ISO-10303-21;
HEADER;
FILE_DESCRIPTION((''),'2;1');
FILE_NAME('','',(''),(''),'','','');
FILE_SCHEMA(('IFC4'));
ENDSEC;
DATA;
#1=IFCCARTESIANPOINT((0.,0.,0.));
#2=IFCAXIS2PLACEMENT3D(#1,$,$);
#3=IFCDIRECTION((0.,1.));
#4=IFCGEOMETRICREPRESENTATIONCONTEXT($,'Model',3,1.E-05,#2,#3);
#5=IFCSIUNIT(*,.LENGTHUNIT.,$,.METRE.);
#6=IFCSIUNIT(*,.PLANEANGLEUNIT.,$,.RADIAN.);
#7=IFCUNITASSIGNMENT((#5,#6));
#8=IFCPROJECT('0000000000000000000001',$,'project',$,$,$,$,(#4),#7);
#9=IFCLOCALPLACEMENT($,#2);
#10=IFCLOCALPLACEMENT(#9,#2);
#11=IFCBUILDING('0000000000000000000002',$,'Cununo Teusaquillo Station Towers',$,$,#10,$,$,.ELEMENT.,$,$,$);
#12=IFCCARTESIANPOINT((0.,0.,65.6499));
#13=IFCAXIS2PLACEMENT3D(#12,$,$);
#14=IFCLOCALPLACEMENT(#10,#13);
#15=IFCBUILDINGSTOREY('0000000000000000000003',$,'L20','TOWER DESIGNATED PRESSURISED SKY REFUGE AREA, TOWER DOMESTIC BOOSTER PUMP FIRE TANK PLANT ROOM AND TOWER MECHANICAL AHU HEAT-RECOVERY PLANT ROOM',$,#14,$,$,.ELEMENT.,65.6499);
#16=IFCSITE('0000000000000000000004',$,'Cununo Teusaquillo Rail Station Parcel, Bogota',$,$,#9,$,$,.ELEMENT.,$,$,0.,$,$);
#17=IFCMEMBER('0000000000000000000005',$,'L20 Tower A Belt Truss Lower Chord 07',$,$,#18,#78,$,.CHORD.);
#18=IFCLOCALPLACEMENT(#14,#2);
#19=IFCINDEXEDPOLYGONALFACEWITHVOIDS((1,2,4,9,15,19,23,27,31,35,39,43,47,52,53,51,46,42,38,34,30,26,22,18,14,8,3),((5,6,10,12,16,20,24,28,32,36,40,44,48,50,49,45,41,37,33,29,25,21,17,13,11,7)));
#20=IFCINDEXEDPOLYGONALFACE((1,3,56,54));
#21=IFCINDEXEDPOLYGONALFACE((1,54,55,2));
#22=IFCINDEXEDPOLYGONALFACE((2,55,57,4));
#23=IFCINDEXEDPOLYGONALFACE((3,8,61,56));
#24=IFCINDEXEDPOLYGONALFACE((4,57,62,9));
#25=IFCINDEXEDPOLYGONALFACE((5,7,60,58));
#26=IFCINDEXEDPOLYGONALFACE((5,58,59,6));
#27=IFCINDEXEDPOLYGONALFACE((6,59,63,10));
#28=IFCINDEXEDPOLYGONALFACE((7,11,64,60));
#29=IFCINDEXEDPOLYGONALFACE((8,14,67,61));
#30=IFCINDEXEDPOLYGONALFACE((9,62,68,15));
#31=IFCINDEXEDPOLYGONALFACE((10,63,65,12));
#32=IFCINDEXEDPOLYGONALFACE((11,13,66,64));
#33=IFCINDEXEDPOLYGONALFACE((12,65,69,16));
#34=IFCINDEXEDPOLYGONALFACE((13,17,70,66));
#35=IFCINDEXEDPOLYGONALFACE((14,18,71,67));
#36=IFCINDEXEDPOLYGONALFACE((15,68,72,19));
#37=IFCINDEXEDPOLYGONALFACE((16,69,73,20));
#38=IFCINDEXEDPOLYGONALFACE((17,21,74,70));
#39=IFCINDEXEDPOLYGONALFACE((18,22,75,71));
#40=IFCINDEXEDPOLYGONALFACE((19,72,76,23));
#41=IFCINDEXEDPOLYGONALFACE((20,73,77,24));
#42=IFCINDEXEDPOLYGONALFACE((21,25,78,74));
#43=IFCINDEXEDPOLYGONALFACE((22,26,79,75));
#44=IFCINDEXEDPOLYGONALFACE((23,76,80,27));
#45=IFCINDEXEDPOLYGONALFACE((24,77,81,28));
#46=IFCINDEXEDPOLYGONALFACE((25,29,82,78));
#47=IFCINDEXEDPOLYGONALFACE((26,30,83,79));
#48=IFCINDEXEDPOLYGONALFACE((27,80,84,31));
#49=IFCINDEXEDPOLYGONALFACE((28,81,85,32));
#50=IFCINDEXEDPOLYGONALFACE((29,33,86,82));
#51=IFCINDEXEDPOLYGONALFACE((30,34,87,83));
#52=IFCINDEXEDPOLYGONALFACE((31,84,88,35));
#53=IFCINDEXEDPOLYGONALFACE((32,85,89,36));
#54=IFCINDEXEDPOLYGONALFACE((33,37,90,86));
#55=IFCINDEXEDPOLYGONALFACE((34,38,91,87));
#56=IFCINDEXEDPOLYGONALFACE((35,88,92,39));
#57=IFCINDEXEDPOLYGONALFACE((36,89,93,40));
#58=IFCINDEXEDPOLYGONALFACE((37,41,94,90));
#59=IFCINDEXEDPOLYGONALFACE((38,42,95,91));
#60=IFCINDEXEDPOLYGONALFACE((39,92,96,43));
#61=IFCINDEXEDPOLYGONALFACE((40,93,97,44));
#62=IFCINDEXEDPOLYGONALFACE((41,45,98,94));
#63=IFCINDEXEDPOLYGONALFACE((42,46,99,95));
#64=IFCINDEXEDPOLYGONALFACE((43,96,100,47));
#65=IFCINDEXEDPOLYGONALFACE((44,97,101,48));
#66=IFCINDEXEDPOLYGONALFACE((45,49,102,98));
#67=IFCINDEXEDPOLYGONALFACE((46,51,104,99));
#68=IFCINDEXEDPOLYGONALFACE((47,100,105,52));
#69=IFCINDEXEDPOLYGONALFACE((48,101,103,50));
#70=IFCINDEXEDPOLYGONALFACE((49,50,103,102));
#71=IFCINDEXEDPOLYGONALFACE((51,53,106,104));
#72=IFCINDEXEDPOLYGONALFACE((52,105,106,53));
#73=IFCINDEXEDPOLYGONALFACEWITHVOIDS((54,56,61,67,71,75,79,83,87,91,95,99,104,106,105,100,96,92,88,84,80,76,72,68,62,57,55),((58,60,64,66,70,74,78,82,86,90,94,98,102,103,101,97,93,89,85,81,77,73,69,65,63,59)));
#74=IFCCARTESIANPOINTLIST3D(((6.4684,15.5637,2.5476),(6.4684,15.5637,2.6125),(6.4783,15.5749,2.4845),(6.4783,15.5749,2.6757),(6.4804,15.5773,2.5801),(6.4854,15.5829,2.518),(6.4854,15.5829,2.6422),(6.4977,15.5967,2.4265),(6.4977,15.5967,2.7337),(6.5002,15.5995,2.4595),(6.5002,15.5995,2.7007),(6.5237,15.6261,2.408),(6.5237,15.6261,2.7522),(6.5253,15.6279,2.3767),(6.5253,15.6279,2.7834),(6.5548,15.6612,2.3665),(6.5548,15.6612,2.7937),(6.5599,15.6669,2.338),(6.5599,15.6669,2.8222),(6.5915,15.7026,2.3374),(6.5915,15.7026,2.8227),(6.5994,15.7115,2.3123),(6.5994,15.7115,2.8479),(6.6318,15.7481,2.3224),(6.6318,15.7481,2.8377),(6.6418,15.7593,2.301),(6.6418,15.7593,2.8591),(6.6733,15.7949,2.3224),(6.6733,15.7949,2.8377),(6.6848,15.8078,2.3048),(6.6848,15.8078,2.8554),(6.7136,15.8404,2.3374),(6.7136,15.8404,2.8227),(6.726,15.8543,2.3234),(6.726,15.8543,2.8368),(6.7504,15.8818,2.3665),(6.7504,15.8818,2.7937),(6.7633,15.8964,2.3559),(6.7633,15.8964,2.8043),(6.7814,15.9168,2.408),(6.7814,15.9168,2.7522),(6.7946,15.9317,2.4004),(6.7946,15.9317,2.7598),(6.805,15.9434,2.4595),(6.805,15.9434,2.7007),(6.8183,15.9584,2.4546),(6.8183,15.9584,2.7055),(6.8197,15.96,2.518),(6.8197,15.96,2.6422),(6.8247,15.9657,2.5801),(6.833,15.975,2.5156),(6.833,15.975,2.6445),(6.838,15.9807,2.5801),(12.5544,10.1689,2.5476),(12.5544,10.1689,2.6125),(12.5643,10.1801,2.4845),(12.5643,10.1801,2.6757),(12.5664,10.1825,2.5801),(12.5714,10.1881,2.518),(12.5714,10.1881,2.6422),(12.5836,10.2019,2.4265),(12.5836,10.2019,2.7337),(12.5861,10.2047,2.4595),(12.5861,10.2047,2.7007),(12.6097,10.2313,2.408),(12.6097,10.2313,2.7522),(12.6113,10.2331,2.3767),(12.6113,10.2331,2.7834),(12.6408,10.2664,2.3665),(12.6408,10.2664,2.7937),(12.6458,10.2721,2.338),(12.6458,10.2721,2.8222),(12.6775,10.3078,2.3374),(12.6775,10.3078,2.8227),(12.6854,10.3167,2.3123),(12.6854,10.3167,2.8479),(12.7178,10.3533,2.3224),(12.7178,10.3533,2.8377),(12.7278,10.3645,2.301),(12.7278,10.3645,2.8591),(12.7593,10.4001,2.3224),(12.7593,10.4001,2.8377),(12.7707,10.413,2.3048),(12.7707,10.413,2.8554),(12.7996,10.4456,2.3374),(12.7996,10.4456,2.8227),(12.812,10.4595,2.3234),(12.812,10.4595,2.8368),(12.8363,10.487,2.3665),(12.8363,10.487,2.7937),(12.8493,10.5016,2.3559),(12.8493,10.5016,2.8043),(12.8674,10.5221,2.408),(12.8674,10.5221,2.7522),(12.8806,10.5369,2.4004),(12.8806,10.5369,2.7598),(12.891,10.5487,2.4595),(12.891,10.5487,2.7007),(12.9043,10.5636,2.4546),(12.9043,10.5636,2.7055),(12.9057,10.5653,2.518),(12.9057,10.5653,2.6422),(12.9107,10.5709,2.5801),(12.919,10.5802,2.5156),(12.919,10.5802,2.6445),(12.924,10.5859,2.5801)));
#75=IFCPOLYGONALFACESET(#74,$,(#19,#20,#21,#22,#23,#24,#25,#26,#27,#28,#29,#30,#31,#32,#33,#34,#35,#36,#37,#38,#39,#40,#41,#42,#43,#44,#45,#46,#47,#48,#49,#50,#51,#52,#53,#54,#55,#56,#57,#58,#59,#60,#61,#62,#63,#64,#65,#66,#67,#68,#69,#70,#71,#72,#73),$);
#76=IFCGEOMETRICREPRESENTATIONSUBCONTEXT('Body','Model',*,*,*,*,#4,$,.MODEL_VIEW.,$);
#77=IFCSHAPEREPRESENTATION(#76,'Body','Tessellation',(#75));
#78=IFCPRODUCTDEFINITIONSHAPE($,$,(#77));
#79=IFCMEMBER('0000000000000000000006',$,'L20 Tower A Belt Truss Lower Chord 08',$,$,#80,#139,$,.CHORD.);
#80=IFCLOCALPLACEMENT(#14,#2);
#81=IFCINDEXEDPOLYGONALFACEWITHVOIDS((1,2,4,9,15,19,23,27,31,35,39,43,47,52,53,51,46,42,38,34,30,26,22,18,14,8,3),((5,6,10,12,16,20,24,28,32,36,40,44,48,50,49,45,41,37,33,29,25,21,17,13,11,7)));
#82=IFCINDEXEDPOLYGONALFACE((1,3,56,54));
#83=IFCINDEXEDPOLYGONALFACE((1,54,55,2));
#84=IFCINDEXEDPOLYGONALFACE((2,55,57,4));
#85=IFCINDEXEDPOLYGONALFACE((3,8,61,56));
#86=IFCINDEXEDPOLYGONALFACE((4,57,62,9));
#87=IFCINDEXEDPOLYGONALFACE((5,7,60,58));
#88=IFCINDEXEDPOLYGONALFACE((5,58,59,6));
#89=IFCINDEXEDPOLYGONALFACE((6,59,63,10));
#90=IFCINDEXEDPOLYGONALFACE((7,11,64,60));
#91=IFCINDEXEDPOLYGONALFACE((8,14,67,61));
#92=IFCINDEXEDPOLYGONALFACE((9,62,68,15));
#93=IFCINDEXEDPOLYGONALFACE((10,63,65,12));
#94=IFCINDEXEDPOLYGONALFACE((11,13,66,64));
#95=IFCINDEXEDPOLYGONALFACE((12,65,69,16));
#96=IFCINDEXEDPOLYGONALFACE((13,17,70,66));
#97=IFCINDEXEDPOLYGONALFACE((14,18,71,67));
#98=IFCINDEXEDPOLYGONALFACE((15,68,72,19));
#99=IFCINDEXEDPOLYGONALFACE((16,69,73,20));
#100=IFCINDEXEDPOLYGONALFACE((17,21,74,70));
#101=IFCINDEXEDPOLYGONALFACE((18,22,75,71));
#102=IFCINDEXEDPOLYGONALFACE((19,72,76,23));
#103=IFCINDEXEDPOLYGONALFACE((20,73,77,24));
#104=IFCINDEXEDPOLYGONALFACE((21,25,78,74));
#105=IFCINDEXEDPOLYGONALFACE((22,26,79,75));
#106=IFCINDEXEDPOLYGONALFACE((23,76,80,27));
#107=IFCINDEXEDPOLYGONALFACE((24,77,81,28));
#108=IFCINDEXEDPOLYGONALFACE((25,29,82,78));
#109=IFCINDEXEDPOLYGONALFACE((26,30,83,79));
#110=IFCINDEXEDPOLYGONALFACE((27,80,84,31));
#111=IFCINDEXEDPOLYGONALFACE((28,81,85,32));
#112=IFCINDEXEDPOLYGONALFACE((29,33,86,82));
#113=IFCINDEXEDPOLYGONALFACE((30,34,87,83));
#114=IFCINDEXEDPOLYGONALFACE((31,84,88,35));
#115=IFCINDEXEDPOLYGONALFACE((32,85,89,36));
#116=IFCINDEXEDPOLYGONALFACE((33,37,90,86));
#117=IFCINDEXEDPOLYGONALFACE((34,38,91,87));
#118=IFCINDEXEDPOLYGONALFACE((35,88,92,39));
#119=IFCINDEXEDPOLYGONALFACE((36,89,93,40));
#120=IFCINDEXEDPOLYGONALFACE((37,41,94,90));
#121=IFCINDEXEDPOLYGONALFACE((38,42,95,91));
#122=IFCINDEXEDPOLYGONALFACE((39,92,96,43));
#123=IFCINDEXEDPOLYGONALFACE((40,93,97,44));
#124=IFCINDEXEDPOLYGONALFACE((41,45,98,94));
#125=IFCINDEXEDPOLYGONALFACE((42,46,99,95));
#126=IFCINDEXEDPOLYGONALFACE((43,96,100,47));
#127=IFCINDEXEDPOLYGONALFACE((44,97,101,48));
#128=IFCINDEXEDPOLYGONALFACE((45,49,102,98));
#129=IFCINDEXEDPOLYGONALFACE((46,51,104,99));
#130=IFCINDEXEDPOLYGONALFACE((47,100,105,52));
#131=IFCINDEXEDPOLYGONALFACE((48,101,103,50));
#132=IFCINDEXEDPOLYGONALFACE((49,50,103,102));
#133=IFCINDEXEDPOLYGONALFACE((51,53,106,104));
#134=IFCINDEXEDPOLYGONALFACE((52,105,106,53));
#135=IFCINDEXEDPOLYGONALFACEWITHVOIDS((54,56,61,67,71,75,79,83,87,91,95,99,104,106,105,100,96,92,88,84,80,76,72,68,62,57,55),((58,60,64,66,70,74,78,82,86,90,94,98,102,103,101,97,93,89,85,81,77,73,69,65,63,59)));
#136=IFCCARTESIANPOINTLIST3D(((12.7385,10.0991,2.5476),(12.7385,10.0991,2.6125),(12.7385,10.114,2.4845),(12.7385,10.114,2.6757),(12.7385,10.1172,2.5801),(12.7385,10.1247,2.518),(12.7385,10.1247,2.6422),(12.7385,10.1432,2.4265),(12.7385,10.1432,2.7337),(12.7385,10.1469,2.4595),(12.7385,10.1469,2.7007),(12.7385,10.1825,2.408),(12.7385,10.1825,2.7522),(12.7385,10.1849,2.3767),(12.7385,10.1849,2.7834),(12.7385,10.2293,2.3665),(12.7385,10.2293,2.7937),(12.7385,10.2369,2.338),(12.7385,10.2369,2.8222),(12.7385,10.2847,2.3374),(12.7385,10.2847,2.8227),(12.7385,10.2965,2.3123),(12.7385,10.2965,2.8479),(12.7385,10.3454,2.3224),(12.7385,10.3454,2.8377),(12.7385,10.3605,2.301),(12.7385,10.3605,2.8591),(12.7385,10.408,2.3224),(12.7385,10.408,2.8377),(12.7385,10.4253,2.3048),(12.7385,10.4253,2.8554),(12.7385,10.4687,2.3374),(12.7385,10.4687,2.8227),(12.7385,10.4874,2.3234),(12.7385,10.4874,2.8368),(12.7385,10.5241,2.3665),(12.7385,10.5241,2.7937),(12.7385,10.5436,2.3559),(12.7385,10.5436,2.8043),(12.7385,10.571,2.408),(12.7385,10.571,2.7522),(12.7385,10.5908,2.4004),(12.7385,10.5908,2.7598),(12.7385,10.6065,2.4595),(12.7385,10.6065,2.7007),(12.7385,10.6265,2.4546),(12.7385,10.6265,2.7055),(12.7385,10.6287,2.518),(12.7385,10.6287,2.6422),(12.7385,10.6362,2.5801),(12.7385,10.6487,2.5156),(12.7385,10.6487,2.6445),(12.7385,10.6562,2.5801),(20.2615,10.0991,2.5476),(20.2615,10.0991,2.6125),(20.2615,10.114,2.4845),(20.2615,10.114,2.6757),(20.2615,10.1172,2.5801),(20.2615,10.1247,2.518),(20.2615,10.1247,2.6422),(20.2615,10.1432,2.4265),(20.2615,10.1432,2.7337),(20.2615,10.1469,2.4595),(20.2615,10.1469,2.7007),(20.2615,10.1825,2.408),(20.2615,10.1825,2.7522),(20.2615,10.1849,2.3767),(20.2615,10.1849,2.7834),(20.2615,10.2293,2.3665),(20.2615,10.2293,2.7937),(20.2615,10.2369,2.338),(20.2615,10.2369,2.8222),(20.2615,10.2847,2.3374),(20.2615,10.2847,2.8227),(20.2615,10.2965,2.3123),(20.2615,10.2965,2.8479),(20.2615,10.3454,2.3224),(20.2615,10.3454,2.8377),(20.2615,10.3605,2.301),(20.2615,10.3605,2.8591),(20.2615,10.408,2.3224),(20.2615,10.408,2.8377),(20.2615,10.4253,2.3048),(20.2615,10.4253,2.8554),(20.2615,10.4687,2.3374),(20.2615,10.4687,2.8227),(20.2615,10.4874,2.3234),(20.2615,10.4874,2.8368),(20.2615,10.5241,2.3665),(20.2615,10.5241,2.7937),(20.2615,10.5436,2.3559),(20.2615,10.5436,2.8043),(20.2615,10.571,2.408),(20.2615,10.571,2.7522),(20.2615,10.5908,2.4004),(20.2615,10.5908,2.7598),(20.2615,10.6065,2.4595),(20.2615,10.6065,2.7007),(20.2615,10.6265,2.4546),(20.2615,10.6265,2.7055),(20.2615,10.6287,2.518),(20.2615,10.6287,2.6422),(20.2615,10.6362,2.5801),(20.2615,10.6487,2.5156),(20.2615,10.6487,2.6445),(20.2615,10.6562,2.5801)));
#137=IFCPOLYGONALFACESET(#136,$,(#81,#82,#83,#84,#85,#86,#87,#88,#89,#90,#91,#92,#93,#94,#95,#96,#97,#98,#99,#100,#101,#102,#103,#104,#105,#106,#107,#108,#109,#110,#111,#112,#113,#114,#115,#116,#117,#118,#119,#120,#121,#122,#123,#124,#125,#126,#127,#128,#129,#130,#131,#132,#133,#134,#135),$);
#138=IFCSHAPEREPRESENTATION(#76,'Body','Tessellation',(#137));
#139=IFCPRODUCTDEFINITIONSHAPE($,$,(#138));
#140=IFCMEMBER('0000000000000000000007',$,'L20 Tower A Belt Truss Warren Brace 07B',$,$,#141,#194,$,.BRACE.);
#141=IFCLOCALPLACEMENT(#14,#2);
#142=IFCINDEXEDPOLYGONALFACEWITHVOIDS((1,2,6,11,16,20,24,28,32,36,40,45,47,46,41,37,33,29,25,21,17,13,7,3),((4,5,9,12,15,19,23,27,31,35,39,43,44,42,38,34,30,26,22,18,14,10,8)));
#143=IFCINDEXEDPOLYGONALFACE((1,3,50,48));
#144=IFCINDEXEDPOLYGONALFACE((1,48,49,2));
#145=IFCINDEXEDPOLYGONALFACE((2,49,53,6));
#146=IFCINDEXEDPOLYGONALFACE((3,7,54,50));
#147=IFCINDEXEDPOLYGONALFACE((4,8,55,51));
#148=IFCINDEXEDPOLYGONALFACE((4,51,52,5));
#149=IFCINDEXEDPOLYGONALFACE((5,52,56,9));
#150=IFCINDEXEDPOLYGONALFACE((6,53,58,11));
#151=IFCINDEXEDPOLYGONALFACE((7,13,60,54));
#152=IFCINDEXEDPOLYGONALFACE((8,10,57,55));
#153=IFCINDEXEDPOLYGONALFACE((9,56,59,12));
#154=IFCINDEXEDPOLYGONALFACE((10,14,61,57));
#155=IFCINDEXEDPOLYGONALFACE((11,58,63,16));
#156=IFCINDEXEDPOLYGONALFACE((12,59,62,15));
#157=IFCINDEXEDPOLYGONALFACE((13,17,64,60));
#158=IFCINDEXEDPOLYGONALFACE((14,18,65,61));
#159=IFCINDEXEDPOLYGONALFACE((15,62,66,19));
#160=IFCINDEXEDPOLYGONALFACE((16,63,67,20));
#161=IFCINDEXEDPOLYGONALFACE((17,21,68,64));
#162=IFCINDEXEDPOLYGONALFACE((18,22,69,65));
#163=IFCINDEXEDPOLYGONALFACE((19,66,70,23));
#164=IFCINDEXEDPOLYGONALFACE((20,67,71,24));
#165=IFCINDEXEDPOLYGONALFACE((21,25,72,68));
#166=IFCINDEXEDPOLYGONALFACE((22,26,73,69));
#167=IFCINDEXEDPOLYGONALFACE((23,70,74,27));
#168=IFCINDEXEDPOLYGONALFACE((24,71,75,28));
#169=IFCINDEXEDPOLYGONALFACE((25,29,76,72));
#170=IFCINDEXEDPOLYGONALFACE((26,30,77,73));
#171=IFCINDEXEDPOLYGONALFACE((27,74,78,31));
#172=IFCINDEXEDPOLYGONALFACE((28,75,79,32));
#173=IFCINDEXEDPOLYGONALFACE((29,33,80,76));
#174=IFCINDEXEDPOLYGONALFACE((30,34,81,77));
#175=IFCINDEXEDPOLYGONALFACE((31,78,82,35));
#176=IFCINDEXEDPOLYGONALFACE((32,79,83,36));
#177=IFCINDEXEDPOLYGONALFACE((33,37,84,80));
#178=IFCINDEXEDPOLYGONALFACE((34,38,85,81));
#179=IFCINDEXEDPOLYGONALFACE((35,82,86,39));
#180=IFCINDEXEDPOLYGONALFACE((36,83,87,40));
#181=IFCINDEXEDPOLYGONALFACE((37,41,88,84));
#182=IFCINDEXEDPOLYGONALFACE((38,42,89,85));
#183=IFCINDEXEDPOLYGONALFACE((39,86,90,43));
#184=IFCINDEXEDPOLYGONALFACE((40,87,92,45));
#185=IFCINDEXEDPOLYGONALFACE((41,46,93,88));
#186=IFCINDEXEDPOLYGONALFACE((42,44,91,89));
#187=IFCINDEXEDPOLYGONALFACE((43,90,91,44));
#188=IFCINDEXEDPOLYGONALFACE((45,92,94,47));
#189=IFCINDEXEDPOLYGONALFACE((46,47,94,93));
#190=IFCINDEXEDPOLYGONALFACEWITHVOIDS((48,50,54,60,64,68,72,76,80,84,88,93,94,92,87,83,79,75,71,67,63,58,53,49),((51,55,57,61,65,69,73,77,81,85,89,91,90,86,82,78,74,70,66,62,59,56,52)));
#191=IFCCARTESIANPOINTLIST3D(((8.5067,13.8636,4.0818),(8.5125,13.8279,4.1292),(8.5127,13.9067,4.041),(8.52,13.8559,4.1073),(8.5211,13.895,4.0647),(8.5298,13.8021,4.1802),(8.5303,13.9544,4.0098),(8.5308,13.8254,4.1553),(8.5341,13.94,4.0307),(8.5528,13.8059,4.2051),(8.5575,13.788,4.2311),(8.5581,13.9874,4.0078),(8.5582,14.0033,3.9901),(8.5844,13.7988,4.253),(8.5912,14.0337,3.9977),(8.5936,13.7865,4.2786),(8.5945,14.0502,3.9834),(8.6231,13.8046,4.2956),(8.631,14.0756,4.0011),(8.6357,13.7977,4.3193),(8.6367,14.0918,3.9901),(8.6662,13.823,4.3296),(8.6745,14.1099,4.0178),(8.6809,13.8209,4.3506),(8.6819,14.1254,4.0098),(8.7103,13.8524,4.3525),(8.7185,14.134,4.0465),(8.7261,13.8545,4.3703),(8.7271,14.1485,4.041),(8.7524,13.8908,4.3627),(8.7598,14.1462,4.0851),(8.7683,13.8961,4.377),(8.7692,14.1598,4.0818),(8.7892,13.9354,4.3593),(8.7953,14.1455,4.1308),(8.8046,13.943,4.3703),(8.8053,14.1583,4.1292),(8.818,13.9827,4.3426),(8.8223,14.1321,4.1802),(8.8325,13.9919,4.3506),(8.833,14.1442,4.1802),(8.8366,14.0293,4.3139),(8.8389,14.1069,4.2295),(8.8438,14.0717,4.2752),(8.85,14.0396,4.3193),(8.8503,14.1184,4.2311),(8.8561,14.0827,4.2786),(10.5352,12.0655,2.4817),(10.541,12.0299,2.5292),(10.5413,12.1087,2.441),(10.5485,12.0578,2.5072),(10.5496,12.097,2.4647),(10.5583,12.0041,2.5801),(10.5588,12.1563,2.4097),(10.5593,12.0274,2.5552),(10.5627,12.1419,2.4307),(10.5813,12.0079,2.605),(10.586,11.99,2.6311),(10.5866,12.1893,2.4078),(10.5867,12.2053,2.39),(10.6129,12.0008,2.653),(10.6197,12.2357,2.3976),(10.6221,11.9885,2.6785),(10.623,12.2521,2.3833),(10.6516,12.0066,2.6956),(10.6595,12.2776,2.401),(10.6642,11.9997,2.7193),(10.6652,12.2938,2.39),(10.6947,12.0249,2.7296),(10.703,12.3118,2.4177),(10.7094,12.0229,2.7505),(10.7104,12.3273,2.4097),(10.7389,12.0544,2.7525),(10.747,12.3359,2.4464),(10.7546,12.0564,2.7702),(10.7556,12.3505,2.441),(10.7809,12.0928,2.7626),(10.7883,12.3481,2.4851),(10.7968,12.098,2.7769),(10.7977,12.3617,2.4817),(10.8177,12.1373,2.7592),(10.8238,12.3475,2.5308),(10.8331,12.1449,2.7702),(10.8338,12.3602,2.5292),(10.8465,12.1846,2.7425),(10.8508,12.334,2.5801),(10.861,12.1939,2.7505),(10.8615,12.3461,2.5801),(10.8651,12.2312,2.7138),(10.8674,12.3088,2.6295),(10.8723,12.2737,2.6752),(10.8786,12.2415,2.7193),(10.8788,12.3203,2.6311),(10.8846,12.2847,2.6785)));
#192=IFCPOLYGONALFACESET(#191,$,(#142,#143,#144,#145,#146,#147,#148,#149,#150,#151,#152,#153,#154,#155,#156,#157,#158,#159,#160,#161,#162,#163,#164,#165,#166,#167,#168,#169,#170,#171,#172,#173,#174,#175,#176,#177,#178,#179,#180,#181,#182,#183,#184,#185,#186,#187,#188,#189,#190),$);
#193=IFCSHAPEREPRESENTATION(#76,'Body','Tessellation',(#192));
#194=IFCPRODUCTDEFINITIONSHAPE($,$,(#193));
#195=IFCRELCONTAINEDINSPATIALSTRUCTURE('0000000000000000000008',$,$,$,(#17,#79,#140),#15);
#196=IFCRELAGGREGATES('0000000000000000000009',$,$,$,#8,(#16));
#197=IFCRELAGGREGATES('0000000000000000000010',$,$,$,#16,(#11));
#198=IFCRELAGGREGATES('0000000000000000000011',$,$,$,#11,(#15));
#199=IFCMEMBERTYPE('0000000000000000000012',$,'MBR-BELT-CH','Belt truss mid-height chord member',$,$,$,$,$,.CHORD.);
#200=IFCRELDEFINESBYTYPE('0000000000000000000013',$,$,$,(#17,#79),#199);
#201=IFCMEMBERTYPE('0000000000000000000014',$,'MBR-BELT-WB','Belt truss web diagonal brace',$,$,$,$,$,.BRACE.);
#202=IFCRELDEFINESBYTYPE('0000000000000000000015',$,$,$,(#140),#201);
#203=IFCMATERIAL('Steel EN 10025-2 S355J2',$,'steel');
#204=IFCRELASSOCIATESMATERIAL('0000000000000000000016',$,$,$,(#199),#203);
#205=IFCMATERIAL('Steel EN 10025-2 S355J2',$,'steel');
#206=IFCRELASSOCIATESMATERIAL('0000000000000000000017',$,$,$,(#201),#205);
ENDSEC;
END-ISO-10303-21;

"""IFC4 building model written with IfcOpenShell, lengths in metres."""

from ifc_helpers import new_model, si_unit, direction, frame, origin, origin_2d, place, context, subcontext, project, spatial, hollow_circle, extrude, material, material_profile, profile_set, type_object, element, save


model = new_model("IFC4")

# Units and contexts
model_context = context("Model", 3, precision=1e-05, world=origin(), true_north=direction((0.0, 1.0)))
body_context = subcontext(model_context, "Body", "Model", "MODEL_VIEW")
ifc_project = project(units=[si_unit("LENGTHUNIT", "METRE"), si_unit("PLANEANGLEUNIT", "RADIAN")], contexts=[model_context])

# Site, building, storey
site_placement = place(None, origin())
site = spatial("IfcSite", under=ifc_project, at=site_placement, Name="Cununo Teusaquillo Rail Station Parcel, Bogota", CompositionType="ELEMENT", RefElevation=0.0)
building_placement = place(site_placement, origin())
building = spatial("IfcBuilding", under=site, at=building_placement, Name="Cununo Teusaquillo Station Towers", CompositionType="ELEMENT")
storey_placement = place(building_placement, frame((0.0, 0.0, 65.6499)))
storey = spatial("IfcBuildingStorey", under=building, at=storey_placement, Name="L20", Description="TOWER DESIGNATED PRESSURISED SKY REFUGE AREA, TOWER DOMESTIC BOOSTER PUMP FIRE TANK PLANT ROOM AND TOWER MECHANICAL AHU HEAT-RECOVERY PLANT ROOM", CompositionType="ELEMENT", Elevation=65.6499)

# Members
ifc_material_1 = material(Name="Steel EN 10025-2 S355J2", Category="steel")
ifc_material_profile_1 = material_profile(ifc_material_1, hollow_circle(Radius=0.2795, WallThickness=0.02, at=origin_2d()), Name="CHS 559x20")
ifc_profile_set_1 = profile_set([ifc_material_profile_1], Name="Steel EN 10025-2 S355J2")
member_type_1 = type_object("IfcMemberType", Name="MBR-BELT-CH", Description="Belt truss mid-height chord member", PredefinedType="CHORD", material=ifc_profile_set_1)
member_1_placement = place(storey_placement, frame((6.6526, 15.7715, 2.5801), z_axis=(0.748321, -0.663337, 0.0), x_axis=(0.663337, 0.748321, 0.0)))
element("IfcMember", 1, at=member_1_placement, inside=storey, type_object=member_type_1, Name="L20 Tower A Belt Truss Lower Chord 07", PredefinedType="CHORD", context=body_context, shape_type="SweptSolid", body=[
    extrude(hollow_circle(Radius=0.2795, WallThickness=0.02, at=origin_2d()), origin(), (0.0, 0.0, 1.0), 8.1328),
])
member_2_placement = place(storey_placement, frame((12.7385, 10.3767, 2.5801), z_axis=(1.0, 0.0, 0.0), x_axis=(0.0, 1.0, 0.0)))
element("IfcMember", 2, at=member_2_placement, inside=storey, type_object=member_type_1, Name="L20 Tower A Belt Truss Lower Chord 08", PredefinedType="CHORD", context=body_context, shape_type="SweptSolid", body=[
    extrude(hollow_circle(Radius=0.2795, WallThickness=0.02, at=origin_2d()), origin(), (0.0, 0.0, 1.0), 7.5229),
])
ifc_material_2 = material(Name="Steel EN 10025-2 S355J2", Category="steel")
ifc_material_profile_2 = material_profile(ifc_material_2, hollow_circle(Radius=0.2285, WallThickness=0.0161, at=origin_2d()), Name="CHS 457x16")
ifc_profile_set_2 = profile_set([ifc_material_profile_2], Name="Steel EN 10025-2 S355J2")
member_type_2 = type_object("IfcMemberType", Name="MBR-BELT-WB", Description="Belt truss web diagonal brace", PredefinedType="BRACE", material=ifc_profile_set_2)
member_3_placement = place(storey_placement, frame((8.6814, 13.9731, 4.1802), z_axis=(0.644442, -0.571226, -0.508325), x_axis=(0.663318, 0.748338, 0.0)))
element("IfcMember", 3, at=member_3_placement, inside=storey, type_object=member_type_2, Name="L20 Tower A Belt Truss Warren Brace 07B", PredefinedType="BRACE", context=body_context, shape_type="SweptSolid", body=[
    extrude(hollow_circle(Radius=0.2285, WallThickness=0.0161, at=origin_2d()), origin(), (0.0, 0.0, 1.0), 3.1477),
])

save(model, "model.ifc")
